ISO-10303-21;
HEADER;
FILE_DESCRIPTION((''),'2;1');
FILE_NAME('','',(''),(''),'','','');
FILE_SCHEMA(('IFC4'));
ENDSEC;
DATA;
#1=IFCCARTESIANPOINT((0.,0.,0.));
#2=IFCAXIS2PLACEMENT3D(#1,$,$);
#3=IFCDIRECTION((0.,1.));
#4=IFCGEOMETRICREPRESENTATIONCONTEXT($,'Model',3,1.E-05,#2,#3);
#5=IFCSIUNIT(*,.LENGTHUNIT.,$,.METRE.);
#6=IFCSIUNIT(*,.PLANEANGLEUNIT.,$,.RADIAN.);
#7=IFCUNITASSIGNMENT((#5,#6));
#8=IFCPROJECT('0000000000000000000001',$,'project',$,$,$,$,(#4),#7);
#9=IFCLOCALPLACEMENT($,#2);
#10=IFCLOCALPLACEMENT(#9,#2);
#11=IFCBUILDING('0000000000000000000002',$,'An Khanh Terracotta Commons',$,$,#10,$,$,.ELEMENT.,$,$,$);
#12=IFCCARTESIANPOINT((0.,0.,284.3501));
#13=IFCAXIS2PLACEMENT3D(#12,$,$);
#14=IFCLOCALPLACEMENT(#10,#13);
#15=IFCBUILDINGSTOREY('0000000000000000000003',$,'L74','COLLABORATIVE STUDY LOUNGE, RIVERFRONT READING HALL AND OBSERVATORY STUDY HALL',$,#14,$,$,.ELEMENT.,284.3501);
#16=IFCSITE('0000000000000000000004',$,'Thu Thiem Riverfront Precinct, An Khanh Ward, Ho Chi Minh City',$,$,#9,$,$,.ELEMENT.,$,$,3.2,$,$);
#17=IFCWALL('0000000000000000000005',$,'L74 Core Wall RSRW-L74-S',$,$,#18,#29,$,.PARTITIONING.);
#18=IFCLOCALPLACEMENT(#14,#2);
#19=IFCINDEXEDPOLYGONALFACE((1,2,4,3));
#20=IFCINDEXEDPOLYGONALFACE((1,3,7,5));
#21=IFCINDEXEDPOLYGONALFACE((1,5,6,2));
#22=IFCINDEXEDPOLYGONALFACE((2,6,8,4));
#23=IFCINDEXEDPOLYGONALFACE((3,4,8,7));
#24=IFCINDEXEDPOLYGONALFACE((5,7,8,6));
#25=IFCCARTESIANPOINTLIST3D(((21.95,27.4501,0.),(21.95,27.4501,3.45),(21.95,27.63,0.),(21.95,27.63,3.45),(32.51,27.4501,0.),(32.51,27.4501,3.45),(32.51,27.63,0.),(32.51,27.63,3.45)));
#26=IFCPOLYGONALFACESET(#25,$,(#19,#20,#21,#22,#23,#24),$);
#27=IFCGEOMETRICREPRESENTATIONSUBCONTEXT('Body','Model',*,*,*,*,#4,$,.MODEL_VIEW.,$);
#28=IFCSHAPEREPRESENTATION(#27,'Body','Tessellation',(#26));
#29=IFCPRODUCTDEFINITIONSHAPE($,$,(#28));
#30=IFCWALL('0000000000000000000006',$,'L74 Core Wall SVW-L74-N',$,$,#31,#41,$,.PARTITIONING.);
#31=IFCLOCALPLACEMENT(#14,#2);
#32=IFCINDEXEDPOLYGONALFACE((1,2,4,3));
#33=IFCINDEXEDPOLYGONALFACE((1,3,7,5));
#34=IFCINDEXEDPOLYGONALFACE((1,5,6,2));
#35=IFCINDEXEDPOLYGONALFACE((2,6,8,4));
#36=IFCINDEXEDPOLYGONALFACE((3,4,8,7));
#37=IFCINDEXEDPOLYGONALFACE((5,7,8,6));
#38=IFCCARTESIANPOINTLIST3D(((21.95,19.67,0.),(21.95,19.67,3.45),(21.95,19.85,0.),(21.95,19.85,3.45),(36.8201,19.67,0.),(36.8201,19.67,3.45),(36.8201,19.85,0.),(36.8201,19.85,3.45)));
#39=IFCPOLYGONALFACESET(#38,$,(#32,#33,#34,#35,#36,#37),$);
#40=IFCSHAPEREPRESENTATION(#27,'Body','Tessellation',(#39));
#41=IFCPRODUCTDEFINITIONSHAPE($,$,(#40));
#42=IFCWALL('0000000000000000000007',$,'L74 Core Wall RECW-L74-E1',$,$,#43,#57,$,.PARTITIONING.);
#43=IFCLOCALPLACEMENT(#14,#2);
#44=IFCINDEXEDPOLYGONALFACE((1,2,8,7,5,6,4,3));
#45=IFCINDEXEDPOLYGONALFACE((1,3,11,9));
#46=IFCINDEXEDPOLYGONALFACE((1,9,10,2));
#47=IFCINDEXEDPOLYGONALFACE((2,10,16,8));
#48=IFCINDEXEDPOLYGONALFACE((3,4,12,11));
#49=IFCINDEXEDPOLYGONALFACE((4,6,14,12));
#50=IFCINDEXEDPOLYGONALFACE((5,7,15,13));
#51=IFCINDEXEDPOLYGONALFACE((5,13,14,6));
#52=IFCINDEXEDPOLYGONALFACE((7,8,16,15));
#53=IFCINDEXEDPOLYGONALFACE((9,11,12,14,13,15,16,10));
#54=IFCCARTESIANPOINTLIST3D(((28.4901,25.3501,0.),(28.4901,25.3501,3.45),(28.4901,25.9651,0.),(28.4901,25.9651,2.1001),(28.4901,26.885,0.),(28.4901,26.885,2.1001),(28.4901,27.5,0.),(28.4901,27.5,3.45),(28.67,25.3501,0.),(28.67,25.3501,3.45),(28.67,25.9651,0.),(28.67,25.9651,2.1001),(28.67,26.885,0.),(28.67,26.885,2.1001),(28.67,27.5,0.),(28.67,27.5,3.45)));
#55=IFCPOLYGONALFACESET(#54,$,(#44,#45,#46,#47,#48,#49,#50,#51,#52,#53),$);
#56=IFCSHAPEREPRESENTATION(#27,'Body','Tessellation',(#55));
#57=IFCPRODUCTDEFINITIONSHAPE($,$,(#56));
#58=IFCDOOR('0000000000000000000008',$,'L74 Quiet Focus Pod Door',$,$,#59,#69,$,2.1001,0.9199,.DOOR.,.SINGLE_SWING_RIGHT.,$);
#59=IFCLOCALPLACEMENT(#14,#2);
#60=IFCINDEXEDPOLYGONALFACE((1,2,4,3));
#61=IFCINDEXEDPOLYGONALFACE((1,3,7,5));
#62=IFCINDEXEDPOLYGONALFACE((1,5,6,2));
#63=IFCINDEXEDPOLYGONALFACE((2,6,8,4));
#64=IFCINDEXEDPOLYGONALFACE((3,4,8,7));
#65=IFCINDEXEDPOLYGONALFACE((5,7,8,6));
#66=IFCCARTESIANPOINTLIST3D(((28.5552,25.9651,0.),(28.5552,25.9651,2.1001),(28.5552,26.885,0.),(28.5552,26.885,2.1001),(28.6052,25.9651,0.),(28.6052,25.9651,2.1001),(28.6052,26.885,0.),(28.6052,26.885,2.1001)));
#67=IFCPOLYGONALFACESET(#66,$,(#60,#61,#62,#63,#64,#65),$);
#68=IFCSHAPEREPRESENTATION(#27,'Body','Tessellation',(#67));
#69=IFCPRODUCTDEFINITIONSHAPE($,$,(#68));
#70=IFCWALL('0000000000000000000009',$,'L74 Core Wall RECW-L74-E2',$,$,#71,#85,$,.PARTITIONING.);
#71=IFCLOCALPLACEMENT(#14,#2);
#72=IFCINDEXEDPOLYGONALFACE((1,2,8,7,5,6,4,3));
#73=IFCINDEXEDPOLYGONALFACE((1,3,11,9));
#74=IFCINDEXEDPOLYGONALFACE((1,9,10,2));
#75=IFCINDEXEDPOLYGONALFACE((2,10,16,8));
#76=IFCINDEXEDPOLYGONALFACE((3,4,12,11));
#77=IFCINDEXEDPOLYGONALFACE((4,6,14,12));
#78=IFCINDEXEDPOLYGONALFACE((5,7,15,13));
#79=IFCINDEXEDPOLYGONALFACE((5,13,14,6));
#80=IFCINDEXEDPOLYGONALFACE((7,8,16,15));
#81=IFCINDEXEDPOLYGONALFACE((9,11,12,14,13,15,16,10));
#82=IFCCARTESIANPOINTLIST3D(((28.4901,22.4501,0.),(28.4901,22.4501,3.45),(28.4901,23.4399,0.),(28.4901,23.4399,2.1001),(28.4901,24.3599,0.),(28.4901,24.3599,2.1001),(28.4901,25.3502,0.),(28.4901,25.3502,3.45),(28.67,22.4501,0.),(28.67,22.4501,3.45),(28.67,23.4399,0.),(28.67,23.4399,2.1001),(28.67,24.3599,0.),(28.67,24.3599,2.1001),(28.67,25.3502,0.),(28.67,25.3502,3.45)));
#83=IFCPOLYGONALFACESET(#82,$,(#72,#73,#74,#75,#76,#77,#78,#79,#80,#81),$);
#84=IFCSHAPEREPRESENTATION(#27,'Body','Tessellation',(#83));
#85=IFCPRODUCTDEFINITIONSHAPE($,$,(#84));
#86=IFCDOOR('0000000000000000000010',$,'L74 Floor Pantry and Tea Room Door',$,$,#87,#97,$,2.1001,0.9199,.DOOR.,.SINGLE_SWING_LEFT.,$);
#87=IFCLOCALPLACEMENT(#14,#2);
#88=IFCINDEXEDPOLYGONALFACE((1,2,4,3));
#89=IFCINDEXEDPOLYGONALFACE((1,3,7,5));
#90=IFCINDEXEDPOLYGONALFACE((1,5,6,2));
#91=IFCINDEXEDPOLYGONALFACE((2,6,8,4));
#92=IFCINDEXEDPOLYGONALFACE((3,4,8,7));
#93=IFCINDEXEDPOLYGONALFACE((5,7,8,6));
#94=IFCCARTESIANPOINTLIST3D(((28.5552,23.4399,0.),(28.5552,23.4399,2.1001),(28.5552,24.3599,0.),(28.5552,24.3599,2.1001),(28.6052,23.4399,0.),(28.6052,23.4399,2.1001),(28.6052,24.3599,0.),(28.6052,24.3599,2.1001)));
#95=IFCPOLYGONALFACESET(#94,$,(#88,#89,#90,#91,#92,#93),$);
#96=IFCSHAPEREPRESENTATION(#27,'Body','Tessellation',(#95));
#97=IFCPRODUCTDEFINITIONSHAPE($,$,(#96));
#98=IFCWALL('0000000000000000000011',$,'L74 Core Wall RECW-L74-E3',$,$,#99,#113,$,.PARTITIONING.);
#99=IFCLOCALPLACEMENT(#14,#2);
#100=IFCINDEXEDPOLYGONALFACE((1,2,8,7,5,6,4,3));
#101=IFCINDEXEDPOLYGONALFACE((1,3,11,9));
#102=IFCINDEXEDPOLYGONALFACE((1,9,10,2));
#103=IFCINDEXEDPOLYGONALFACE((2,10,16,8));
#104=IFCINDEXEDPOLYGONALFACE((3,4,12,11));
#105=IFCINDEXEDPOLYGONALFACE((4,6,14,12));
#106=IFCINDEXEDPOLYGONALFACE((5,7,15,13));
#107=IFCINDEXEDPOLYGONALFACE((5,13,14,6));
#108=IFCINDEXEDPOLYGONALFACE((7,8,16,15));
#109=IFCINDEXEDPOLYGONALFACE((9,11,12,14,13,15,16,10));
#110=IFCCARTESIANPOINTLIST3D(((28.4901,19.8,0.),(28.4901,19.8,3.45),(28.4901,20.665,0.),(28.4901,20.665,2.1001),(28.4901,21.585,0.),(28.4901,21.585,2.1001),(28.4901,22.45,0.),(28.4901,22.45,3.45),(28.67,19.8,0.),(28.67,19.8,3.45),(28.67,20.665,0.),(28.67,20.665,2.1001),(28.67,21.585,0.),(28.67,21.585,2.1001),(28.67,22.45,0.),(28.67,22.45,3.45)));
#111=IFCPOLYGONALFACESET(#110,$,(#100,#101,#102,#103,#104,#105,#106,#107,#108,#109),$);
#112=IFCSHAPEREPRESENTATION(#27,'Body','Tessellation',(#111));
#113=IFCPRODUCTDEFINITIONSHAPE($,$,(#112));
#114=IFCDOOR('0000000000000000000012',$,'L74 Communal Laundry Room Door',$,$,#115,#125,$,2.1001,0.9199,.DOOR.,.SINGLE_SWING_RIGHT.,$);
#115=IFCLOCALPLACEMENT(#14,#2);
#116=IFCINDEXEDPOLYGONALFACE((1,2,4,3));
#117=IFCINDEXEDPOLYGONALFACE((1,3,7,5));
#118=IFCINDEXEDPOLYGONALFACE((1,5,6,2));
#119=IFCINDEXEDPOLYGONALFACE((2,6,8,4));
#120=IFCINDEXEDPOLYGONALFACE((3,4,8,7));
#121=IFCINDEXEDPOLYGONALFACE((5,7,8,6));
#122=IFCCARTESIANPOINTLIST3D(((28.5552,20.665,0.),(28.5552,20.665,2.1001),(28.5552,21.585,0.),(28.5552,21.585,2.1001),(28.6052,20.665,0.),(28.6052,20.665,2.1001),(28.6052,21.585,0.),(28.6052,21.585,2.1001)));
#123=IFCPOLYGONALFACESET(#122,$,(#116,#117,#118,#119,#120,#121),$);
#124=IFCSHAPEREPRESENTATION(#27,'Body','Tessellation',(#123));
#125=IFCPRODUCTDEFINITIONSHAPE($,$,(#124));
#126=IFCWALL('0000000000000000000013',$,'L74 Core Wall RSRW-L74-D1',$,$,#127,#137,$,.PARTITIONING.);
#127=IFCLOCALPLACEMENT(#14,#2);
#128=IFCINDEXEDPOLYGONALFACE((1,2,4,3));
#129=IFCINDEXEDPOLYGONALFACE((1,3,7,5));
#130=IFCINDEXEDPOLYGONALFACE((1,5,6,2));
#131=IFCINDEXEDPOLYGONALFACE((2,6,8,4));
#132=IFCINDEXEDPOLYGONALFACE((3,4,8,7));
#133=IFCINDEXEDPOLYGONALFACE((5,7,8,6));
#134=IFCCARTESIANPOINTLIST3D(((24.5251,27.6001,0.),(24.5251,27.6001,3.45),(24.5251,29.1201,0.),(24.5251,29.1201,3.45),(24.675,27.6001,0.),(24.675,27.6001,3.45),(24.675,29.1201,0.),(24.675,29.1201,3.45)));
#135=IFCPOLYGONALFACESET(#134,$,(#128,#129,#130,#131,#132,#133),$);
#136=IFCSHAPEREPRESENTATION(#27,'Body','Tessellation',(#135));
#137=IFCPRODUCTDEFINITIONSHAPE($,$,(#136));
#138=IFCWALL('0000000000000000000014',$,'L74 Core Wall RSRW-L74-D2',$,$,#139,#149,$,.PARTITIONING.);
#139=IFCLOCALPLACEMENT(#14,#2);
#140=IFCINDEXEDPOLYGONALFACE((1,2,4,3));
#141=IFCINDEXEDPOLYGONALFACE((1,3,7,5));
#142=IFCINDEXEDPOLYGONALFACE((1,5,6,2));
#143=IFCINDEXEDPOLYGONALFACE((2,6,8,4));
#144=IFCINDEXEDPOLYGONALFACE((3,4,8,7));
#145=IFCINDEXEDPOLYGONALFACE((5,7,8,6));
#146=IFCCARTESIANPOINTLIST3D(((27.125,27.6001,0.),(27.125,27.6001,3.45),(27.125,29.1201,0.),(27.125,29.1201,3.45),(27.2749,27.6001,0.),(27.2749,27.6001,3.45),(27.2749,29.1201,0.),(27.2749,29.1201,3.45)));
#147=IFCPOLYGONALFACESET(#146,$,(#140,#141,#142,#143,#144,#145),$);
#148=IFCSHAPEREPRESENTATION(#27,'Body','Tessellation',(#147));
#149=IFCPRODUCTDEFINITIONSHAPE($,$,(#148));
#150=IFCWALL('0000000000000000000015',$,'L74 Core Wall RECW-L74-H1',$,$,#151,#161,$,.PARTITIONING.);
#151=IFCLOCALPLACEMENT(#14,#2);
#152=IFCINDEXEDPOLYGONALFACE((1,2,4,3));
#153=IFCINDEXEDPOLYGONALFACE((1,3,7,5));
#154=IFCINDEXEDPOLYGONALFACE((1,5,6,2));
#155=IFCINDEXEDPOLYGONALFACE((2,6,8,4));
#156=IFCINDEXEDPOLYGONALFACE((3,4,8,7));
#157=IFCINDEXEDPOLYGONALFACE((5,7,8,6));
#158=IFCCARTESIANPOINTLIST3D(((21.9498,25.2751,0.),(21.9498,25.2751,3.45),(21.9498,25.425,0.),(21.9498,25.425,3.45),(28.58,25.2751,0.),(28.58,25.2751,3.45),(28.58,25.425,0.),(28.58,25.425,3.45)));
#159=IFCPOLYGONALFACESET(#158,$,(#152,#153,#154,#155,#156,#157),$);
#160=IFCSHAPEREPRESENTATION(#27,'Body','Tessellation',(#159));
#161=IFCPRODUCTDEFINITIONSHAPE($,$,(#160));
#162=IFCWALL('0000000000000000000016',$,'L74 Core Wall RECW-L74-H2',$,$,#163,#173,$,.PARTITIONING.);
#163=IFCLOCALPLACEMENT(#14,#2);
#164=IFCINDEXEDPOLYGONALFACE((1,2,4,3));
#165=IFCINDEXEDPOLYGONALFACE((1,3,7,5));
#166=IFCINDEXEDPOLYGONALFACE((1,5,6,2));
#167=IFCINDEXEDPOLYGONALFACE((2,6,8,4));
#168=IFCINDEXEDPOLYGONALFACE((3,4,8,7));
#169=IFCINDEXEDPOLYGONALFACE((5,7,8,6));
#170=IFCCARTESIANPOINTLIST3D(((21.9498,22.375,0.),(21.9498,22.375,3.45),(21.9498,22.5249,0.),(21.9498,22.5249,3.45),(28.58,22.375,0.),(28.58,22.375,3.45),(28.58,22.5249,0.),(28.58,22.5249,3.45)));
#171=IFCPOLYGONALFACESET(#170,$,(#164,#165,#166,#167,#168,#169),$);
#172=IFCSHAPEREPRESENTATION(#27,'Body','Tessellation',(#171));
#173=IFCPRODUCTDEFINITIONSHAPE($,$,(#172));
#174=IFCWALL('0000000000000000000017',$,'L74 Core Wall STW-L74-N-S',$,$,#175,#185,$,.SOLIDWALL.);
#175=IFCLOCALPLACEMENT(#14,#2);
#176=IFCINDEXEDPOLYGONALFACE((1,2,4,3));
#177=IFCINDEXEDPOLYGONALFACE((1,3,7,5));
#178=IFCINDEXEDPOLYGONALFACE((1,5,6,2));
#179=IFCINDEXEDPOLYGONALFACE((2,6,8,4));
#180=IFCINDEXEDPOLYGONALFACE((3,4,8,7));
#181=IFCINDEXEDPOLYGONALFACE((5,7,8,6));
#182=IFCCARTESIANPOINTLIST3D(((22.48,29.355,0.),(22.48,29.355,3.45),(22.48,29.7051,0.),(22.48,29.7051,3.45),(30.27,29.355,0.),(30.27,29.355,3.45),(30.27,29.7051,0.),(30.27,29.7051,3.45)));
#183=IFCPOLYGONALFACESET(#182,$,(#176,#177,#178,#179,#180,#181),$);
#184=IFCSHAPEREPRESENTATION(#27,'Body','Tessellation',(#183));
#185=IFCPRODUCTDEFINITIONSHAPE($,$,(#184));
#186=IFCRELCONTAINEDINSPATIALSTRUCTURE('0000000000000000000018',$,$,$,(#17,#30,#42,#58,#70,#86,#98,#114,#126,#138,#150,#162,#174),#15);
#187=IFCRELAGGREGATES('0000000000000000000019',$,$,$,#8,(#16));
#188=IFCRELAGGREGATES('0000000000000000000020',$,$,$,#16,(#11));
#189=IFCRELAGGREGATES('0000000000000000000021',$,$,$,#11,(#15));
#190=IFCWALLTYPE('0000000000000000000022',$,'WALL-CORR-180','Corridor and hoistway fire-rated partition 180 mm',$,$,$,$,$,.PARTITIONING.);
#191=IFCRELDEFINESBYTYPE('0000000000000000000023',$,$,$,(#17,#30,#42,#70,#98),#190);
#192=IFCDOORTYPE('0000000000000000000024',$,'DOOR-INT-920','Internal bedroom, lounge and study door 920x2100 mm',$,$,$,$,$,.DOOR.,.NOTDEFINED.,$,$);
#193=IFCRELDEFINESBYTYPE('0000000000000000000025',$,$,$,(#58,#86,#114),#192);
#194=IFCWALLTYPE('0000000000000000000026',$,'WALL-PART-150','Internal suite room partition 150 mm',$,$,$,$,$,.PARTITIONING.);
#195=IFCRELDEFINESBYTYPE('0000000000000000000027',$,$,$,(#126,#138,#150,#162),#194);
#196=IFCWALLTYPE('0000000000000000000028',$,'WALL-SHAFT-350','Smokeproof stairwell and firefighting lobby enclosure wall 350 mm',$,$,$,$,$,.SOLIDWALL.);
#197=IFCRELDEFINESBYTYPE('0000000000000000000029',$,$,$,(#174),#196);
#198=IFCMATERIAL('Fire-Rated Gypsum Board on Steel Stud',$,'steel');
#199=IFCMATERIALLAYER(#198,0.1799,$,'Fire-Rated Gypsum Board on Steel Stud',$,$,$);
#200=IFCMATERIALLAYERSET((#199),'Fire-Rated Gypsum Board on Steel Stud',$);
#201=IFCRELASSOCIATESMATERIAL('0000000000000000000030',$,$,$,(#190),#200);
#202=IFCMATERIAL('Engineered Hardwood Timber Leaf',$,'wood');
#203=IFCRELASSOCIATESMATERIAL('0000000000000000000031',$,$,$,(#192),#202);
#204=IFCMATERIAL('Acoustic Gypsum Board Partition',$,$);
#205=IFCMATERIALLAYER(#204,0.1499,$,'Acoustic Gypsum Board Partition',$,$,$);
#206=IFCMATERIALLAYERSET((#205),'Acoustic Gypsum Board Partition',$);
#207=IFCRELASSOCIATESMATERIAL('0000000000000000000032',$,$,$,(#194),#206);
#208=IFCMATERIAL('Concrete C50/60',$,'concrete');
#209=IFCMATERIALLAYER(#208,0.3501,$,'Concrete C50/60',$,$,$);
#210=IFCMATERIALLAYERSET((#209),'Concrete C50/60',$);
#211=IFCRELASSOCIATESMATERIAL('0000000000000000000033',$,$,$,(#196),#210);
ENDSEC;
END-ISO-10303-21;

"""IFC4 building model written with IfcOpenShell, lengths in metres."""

from ifc_helpers import new_model, si_unit, direction, frame, frame_2d, origin, place, context, subcontext, project, spatial, rectangle, extrude, material, layer, layer_set, type_object, element, fill, save


model = new_model("IFC4")

# Units and contexts
model_context = context("Model", 3, precision=1e-05, world=origin(), true_north=direction((0.0, 1.0)))
body_context = subcontext(model_context, "Body", "Model", "MODEL_VIEW")
ifc_project = project(units=[si_unit("LENGTHUNIT", "METRE"), si_unit("PLANEANGLEUNIT", "RADIAN")], contexts=[model_context])

# Site, building, storey
site_placement = place(None, origin())
site = spatial("IfcSite", under=ifc_project, at=site_placement, Name="Thu Thiem Riverfront Precinct, An Khanh Ward, Ho Chi Minh City", CompositionType="ELEMENT", RefElevation=3.2)
building_placement = place(site_placement, origin())
building = spatial("IfcBuilding", under=site, at=building_placement, Name="An Khanh Terracotta Commons", CompositionType="ELEMENT")
storey_placement = place(building_placement, frame((0.0, 0.0, 284.3501)))
storey = spatial("IfcBuildingStorey", under=building, at=storey_placement, Name="L74", Description="COLLABORATIVE STUDY LOUNGE, RIVERFRONT READING HALL AND OBSERVATORY STUDY HALL", CompositionType="ELEMENT", Elevation=284.3501)

# Walls
ifc_material_1 = material(Name="Fire-Rated Gypsum Board on Steel Stud", Category="steel")
ifc_layer_1 = layer(ifc_material_1, 0.1799, Name="Fire-Rated Gypsum Board on Steel Stud")
ifc_layer_set_1 = layer_set([ifc_layer_1], Name="Fire-Rated Gypsum Board on Steel Stud")
wall_type_1 = type_object("IfcWallType", Name="WALL-CORR-180", Description="Corridor and hoistway fire-rated partition 180 mm", PredefinedType="PARTITIONING", material=ifc_layer_set_1)
wall_1_placement = place(storey_placement, frame((21.95, 27.54, 0.0), z_axis=(0.0, 0.0, 1.0), x_axis=(1.0, 0.0, 0.0)))
element("IfcWall", 1, at=wall_1_placement, inside=storey, type_object=wall_type_1, Name="L74 Core Wall RSRW-L74-S", PredefinedType="PARTITIONING", context=body_context, shape_type="SweptSolid", body=[
    extrude(rectangle(XDim=10.5601, YDim=0.1799, at=frame_2d((5.28, 0.0))), origin(), (0.0, 0.0, 1.0), 3.45),
])
wall_2_placement = place(storey_placement, frame((21.95, 19.76, 0.0), z_axis=(0.0, 0.0, 1.0), x_axis=(1.0, 0.0, 0.0)))
element("IfcWall", 2, at=wall_2_placement, inside=storey, type_object=wall_type_1, Name="L74 Core Wall SVW-L74-N", PredefinedType="PARTITIONING", context=body_context, shape_type="SweptSolid", body=[
    extrude(rectangle(XDim=14.8701, YDim=0.1799, at=frame_2d((7.4351, 0.0))), origin(), (0.0, 0.0, 1.0), 3.45),
])

# Walls, openings, doors
wall_3_placement = place(storey_placement, frame((28.5801, 25.3501, 0.0), z_axis=(0.0, 0.0, 1.0), x_axis=(0.0, 1.0, 0.0)))
wall_3 = element("IfcWall", 3, at=wall_3_placement, inside=storey, type_object=wall_type_1, Name="L74 Core Wall RECW-L74-E1", PredefinedType="PARTITIONING", context=body_context, shape_type="SweptSolid", body=[
    extrude(rectangle(XDim=2.1499, YDim=0.1799, at=frame_2d((1.075, 0.0))), origin(), (0.0, 0.0, 1.0), 3.45),
])
opening_1_placement = place(wall_3_placement, frame((0.615, 0.0, 0.0)))
opening_1 = element("IfcOpeningElement", 4, at=opening_1_placement, cuts=wall_3, PredefinedType="OPENING", context=body_context, shape_type="SweptSolid", body=[
    extrude(rectangle(XDim=0.9199, YDim=2.1001, at=frame_2d((0.46, 1.05))), frame((0.0, 0.0999, 0.0), z_axis=(0.0, -1.0, 0.0), x_axis=(1.0, 0.0, 0.0)), (0.0, 0.0, 1.0), 0.2),
])
ifc_material_2 = material(Name="Engineered Hardwood Timber Leaf", Category="wood")
door_type = type_object("IfcDoorType", Name="DOOR-INT-920", Description="Internal bedroom, lounge and study door 920x2100 mm", OperationType="NOTDEFINED", PredefinedType="DOOR", material=ifc_material_2)
door_1_placement = place(opening_1_placement, origin())
door_1 = element("IfcDoor", 5, at=door_1_placement, inside=storey, type_object=door_type, Name="L74 Quiet Focus Pod Door", OperationType="SINGLE_SWING_RIGHT", OverallHeight=2.1001, OverallWidth=0.9199, PredefinedType="DOOR", context=body_context, shape_type="SweptSolid", body=[
    extrude(rectangle(XDim=0.9199, YDim=2.1001, at=frame_2d((0.46, 1.05))), frame((0.0, 0.0249, 0.0), z_axis=(0.0, -1.0, 0.0), x_axis=(1.0, 0.0, 0.0)), (0.0, 0.0, 1.0), 0.05),
])
fill(opening_1, door_1)
wall_4_placement = place(storey_placement, frame((28.5801, 22.45, 0.0), z_axis=(0.0, 0.0, 1.0), x_axis=(0.0, 1.0, 0.0)))
wall_4 = element("IfcWall", 6, at=wall_4_placement, inside=storey, type_object=wall_type_1, Name="L74 Core Wall RECW-L74-E2", PredefinedType="PARTITIONING", context=body_context, shape_type="SweptSolid", body=[
    extrude(rectangle(XDim=2.9001, YDim=0.1799, at=frame_2d((1.4502, 0.0))), origin(), (0.0, 0.0, 1.0), 3.45),
])
opening_2_placement = place(wall_4_placement, frame((0.99, 0.0, 0.0)))
opening_2 = element("IfcOpeningElement", 7, at=opening_2_placement, cuts=wall_4, PredefinedType="OPENING", context=body_context, shape_type="SweptSolid", body=[
    extrude(rectangle(XDim=0.9199, YDim=2.1001, at=frame_2d((0.46, 1.05))), frame((0.0, 0.0999, 0.0), z_axis=(0.0, -1.0, 0.0), x_axis=(1.0, 0.0, 0.0)), (0.0, 0.0, 1.0), 0.2),
])
door_2_placement = place(opening_2_placement, origin())
door_2 = element("IfcDoor", 8, at=door_2_placement, inside=storey, type_object=door_type, Name="L74 Floor Pantry and Tea Room Door", OperationType="SINGLE_SWING_LEFT", OverallHeight=2.1001, OverallWidth=0.9199, PredefinedType="DOOR", context=body_context, shape_type="SweptSolid", body=[
    extrude(rectangle(XDim=0.9199, YDim=2.1001, at=frame_2d((0.46, 1.05))), frame((0.0, 0.0249, 0.0), z_axis=(0.0, -1.0, 0.0), x_axis=(1.0, 0.0, 0.0)), (0.0, 0.0, 1.0), 0.05),
])
fill(opening_2, door_2)
wall_5_placement = place(storey_placement, frame((28.5801, 19.8, 0.0), z_axis=(0.0, 0.0, 1.0), x_axis=(0.0, 1.0, 0.0)))
wall_5 = element("IfcWall", 9, at=wall_5_placement, inside=storey, type_object=wall_type_1, Name="L74 Core Wall RECW-L74-E3", PredefinedType="PARTITIONING", context=body_context, shape_type="SweptSolid", body=[
    extrude(rectangle(XDim=2.6499, YDim=0.1799, at=frame_2d((1.325, 0.0))), origin(), (0.0, 0.0, 1.0), 3.45),
])
opening_3_placement = place(wall_5_placement, frame((0.865, 0.0, 0.0)))
opening_3 = element("IfcOpeningElement", 10, at=opening_3_placement, cuts=wall_5, PredefinedType="OPENING", context=body_context, shape_type="SweptSolid", body=[
    extrude(rectangle(XDim=0.9199, YDim=2.1001, at=frame_2d((0.46, 1.05))), frame((0.0, 0.0999, 0.0), z_axis=(0.0, -1.0, 0.0), x_axis=(1.0, 0.0, 0.0)), (0.0, 0.0, 1.0), 0.2),
])
door_3_placement = place(opening_3_placement, origin())
door_3 = element("IfcDoor", 11, at=door_3_placement, inside=storey, type_object=door_type, Name="L74 Communal Laundry Room Door", OperationType="SINGLE_SWING_RIGHT", OverallHeight=2.1001, OverallWidth=0.9199, PredefinedType="DOOR", context=body_context, shape_type="SweptSolid", body=[
    extrude(rectangle(XDim=0.9199, YDim=2.1001, at=frame_2d((0.46, 1.05))), frame((0.0, 0.0249, 0.0), z_axis=(0.0, -1.0, 0.0), x_axis=(1.0, 0.0, 0.0)), (0.0, 0.0, 1.0), 0.05),
])
fill(opening_3, door_3)

# Walls
ifc_material_3 = material(Name="Acoustic Gypsum Board Partition")
ifc_layer_2 = layer(ifc_material_3, 0.1499, Name="Acoustic Gypsum Board Partition")
ifc_layer_set_2 = layer_set([ifc_layer_2], Name="Acoustic Gypsum Board Partition")
wall_type_2 = type_object("IfcWallType", Name="WALL-PART-150", Description="Internal suite room partition 150 mm", PredefinedType="PARTITIONING", material=ifc_layer_set_2)
for number, where, z_axis, x_axis, name in (
    (12, (24.6001, 27.6001, 0.0), (0.0, 0.0, 1.0), (0.0, 1.0, 0.0), "L74 Core Wall RSRW-L74-D1"),
    (13, (27.2, 27.6001, 0.0), (0.0, 0.0, 1.0), (0.0, 1.0, 0.0), "L74 Core Wall RSRW-L74-D2"),
):
    element("IfcWall", number, at=place(storey_placement, frame(where, z_axis=z_axis, x_axis=x_axis)), inside=storey, type_object=wall_type_2, Name=name, PredefinedType="PARTITIONING", context=body_context, shape_type="SweptSolid", body=[
        extrude(rectangle(XDim=1.52, YDim=0.1499, at=frame_2d((0.76, 0.0))), origin(), (0.0, 0.0, 1.0), 3.45),
    ])
for number, where, z_axis, x_axis, name in (
    (14, (21.95, 25.3501, 0.0), (0.0, 0.0, 1.0), (1.0, 0.0, 0.0), "L74 Core Wall RECW-L74-H1"),
    (15, (21.95, 22.45, 0.0), (0.0, 0.0, 1.0), (1.0, 0.0, 0.0), "L74 Core Wall RECW-L74-H2"),
):
    element("IfcWall", number, at=place(storey_placement, frame(where, z_axis=z_axis, x_axis=x_axis)), inside=storey, type_object=wall_type_2, Name=name, PredefinedType="PARTITIONING", context=body_context, shape_type="SweptSolid", body=[
        extrude(rectangle(XDim=6.6301, YDim=0.1499, at=frame_2d((3.3149, 0.0))), origin(), (0.0, 0.0, 1.0), 3.45),
    ])
ifc_material_4 = material(Name="Concrete C50/60", Category="concrete")
ifc_layer_3 = layer(ifc_material_4, 0.3501, Name="Concrete C50/60")
ifc_layer_set_3 = layer_set([ifc_layer_3], Name="Concrete C50/60")
wall_type_3 = type_object("IfcWallType", Name="WALL-SHAFT-350", Description="Smokeproof stairwell and firefighting lobby enclosure wall 350 mm", PredefinedType="SOLIDWALL", material=ifc_layer_set_3)
for number, where, z_axis, x_axis, name in (
    (16, (22.48, 29.53, 0.0), (0.0, 0.0, 1.0), (1.0, 0.0, 0.0), "L74 Core Wall STW-L74-N-S"),
):
    element("IfcWall", number, at=place(storey_placement, frame(where, z_axis=z_axis, x_axis=x_axis)), inside=storey, type_object=wall_type_3, Name=name, PredefinedType="SOLIDWALL", context=body_context, shape_type="SweptSolid", body=[
        extrude(rectangle(XDim=7.79, YDim=0.3501, at=frame_2d((3.895, 0.0))), origin(), (0.0, 0.0, 1.0), 3.45),
    ])

save(model, "model.ifc")
